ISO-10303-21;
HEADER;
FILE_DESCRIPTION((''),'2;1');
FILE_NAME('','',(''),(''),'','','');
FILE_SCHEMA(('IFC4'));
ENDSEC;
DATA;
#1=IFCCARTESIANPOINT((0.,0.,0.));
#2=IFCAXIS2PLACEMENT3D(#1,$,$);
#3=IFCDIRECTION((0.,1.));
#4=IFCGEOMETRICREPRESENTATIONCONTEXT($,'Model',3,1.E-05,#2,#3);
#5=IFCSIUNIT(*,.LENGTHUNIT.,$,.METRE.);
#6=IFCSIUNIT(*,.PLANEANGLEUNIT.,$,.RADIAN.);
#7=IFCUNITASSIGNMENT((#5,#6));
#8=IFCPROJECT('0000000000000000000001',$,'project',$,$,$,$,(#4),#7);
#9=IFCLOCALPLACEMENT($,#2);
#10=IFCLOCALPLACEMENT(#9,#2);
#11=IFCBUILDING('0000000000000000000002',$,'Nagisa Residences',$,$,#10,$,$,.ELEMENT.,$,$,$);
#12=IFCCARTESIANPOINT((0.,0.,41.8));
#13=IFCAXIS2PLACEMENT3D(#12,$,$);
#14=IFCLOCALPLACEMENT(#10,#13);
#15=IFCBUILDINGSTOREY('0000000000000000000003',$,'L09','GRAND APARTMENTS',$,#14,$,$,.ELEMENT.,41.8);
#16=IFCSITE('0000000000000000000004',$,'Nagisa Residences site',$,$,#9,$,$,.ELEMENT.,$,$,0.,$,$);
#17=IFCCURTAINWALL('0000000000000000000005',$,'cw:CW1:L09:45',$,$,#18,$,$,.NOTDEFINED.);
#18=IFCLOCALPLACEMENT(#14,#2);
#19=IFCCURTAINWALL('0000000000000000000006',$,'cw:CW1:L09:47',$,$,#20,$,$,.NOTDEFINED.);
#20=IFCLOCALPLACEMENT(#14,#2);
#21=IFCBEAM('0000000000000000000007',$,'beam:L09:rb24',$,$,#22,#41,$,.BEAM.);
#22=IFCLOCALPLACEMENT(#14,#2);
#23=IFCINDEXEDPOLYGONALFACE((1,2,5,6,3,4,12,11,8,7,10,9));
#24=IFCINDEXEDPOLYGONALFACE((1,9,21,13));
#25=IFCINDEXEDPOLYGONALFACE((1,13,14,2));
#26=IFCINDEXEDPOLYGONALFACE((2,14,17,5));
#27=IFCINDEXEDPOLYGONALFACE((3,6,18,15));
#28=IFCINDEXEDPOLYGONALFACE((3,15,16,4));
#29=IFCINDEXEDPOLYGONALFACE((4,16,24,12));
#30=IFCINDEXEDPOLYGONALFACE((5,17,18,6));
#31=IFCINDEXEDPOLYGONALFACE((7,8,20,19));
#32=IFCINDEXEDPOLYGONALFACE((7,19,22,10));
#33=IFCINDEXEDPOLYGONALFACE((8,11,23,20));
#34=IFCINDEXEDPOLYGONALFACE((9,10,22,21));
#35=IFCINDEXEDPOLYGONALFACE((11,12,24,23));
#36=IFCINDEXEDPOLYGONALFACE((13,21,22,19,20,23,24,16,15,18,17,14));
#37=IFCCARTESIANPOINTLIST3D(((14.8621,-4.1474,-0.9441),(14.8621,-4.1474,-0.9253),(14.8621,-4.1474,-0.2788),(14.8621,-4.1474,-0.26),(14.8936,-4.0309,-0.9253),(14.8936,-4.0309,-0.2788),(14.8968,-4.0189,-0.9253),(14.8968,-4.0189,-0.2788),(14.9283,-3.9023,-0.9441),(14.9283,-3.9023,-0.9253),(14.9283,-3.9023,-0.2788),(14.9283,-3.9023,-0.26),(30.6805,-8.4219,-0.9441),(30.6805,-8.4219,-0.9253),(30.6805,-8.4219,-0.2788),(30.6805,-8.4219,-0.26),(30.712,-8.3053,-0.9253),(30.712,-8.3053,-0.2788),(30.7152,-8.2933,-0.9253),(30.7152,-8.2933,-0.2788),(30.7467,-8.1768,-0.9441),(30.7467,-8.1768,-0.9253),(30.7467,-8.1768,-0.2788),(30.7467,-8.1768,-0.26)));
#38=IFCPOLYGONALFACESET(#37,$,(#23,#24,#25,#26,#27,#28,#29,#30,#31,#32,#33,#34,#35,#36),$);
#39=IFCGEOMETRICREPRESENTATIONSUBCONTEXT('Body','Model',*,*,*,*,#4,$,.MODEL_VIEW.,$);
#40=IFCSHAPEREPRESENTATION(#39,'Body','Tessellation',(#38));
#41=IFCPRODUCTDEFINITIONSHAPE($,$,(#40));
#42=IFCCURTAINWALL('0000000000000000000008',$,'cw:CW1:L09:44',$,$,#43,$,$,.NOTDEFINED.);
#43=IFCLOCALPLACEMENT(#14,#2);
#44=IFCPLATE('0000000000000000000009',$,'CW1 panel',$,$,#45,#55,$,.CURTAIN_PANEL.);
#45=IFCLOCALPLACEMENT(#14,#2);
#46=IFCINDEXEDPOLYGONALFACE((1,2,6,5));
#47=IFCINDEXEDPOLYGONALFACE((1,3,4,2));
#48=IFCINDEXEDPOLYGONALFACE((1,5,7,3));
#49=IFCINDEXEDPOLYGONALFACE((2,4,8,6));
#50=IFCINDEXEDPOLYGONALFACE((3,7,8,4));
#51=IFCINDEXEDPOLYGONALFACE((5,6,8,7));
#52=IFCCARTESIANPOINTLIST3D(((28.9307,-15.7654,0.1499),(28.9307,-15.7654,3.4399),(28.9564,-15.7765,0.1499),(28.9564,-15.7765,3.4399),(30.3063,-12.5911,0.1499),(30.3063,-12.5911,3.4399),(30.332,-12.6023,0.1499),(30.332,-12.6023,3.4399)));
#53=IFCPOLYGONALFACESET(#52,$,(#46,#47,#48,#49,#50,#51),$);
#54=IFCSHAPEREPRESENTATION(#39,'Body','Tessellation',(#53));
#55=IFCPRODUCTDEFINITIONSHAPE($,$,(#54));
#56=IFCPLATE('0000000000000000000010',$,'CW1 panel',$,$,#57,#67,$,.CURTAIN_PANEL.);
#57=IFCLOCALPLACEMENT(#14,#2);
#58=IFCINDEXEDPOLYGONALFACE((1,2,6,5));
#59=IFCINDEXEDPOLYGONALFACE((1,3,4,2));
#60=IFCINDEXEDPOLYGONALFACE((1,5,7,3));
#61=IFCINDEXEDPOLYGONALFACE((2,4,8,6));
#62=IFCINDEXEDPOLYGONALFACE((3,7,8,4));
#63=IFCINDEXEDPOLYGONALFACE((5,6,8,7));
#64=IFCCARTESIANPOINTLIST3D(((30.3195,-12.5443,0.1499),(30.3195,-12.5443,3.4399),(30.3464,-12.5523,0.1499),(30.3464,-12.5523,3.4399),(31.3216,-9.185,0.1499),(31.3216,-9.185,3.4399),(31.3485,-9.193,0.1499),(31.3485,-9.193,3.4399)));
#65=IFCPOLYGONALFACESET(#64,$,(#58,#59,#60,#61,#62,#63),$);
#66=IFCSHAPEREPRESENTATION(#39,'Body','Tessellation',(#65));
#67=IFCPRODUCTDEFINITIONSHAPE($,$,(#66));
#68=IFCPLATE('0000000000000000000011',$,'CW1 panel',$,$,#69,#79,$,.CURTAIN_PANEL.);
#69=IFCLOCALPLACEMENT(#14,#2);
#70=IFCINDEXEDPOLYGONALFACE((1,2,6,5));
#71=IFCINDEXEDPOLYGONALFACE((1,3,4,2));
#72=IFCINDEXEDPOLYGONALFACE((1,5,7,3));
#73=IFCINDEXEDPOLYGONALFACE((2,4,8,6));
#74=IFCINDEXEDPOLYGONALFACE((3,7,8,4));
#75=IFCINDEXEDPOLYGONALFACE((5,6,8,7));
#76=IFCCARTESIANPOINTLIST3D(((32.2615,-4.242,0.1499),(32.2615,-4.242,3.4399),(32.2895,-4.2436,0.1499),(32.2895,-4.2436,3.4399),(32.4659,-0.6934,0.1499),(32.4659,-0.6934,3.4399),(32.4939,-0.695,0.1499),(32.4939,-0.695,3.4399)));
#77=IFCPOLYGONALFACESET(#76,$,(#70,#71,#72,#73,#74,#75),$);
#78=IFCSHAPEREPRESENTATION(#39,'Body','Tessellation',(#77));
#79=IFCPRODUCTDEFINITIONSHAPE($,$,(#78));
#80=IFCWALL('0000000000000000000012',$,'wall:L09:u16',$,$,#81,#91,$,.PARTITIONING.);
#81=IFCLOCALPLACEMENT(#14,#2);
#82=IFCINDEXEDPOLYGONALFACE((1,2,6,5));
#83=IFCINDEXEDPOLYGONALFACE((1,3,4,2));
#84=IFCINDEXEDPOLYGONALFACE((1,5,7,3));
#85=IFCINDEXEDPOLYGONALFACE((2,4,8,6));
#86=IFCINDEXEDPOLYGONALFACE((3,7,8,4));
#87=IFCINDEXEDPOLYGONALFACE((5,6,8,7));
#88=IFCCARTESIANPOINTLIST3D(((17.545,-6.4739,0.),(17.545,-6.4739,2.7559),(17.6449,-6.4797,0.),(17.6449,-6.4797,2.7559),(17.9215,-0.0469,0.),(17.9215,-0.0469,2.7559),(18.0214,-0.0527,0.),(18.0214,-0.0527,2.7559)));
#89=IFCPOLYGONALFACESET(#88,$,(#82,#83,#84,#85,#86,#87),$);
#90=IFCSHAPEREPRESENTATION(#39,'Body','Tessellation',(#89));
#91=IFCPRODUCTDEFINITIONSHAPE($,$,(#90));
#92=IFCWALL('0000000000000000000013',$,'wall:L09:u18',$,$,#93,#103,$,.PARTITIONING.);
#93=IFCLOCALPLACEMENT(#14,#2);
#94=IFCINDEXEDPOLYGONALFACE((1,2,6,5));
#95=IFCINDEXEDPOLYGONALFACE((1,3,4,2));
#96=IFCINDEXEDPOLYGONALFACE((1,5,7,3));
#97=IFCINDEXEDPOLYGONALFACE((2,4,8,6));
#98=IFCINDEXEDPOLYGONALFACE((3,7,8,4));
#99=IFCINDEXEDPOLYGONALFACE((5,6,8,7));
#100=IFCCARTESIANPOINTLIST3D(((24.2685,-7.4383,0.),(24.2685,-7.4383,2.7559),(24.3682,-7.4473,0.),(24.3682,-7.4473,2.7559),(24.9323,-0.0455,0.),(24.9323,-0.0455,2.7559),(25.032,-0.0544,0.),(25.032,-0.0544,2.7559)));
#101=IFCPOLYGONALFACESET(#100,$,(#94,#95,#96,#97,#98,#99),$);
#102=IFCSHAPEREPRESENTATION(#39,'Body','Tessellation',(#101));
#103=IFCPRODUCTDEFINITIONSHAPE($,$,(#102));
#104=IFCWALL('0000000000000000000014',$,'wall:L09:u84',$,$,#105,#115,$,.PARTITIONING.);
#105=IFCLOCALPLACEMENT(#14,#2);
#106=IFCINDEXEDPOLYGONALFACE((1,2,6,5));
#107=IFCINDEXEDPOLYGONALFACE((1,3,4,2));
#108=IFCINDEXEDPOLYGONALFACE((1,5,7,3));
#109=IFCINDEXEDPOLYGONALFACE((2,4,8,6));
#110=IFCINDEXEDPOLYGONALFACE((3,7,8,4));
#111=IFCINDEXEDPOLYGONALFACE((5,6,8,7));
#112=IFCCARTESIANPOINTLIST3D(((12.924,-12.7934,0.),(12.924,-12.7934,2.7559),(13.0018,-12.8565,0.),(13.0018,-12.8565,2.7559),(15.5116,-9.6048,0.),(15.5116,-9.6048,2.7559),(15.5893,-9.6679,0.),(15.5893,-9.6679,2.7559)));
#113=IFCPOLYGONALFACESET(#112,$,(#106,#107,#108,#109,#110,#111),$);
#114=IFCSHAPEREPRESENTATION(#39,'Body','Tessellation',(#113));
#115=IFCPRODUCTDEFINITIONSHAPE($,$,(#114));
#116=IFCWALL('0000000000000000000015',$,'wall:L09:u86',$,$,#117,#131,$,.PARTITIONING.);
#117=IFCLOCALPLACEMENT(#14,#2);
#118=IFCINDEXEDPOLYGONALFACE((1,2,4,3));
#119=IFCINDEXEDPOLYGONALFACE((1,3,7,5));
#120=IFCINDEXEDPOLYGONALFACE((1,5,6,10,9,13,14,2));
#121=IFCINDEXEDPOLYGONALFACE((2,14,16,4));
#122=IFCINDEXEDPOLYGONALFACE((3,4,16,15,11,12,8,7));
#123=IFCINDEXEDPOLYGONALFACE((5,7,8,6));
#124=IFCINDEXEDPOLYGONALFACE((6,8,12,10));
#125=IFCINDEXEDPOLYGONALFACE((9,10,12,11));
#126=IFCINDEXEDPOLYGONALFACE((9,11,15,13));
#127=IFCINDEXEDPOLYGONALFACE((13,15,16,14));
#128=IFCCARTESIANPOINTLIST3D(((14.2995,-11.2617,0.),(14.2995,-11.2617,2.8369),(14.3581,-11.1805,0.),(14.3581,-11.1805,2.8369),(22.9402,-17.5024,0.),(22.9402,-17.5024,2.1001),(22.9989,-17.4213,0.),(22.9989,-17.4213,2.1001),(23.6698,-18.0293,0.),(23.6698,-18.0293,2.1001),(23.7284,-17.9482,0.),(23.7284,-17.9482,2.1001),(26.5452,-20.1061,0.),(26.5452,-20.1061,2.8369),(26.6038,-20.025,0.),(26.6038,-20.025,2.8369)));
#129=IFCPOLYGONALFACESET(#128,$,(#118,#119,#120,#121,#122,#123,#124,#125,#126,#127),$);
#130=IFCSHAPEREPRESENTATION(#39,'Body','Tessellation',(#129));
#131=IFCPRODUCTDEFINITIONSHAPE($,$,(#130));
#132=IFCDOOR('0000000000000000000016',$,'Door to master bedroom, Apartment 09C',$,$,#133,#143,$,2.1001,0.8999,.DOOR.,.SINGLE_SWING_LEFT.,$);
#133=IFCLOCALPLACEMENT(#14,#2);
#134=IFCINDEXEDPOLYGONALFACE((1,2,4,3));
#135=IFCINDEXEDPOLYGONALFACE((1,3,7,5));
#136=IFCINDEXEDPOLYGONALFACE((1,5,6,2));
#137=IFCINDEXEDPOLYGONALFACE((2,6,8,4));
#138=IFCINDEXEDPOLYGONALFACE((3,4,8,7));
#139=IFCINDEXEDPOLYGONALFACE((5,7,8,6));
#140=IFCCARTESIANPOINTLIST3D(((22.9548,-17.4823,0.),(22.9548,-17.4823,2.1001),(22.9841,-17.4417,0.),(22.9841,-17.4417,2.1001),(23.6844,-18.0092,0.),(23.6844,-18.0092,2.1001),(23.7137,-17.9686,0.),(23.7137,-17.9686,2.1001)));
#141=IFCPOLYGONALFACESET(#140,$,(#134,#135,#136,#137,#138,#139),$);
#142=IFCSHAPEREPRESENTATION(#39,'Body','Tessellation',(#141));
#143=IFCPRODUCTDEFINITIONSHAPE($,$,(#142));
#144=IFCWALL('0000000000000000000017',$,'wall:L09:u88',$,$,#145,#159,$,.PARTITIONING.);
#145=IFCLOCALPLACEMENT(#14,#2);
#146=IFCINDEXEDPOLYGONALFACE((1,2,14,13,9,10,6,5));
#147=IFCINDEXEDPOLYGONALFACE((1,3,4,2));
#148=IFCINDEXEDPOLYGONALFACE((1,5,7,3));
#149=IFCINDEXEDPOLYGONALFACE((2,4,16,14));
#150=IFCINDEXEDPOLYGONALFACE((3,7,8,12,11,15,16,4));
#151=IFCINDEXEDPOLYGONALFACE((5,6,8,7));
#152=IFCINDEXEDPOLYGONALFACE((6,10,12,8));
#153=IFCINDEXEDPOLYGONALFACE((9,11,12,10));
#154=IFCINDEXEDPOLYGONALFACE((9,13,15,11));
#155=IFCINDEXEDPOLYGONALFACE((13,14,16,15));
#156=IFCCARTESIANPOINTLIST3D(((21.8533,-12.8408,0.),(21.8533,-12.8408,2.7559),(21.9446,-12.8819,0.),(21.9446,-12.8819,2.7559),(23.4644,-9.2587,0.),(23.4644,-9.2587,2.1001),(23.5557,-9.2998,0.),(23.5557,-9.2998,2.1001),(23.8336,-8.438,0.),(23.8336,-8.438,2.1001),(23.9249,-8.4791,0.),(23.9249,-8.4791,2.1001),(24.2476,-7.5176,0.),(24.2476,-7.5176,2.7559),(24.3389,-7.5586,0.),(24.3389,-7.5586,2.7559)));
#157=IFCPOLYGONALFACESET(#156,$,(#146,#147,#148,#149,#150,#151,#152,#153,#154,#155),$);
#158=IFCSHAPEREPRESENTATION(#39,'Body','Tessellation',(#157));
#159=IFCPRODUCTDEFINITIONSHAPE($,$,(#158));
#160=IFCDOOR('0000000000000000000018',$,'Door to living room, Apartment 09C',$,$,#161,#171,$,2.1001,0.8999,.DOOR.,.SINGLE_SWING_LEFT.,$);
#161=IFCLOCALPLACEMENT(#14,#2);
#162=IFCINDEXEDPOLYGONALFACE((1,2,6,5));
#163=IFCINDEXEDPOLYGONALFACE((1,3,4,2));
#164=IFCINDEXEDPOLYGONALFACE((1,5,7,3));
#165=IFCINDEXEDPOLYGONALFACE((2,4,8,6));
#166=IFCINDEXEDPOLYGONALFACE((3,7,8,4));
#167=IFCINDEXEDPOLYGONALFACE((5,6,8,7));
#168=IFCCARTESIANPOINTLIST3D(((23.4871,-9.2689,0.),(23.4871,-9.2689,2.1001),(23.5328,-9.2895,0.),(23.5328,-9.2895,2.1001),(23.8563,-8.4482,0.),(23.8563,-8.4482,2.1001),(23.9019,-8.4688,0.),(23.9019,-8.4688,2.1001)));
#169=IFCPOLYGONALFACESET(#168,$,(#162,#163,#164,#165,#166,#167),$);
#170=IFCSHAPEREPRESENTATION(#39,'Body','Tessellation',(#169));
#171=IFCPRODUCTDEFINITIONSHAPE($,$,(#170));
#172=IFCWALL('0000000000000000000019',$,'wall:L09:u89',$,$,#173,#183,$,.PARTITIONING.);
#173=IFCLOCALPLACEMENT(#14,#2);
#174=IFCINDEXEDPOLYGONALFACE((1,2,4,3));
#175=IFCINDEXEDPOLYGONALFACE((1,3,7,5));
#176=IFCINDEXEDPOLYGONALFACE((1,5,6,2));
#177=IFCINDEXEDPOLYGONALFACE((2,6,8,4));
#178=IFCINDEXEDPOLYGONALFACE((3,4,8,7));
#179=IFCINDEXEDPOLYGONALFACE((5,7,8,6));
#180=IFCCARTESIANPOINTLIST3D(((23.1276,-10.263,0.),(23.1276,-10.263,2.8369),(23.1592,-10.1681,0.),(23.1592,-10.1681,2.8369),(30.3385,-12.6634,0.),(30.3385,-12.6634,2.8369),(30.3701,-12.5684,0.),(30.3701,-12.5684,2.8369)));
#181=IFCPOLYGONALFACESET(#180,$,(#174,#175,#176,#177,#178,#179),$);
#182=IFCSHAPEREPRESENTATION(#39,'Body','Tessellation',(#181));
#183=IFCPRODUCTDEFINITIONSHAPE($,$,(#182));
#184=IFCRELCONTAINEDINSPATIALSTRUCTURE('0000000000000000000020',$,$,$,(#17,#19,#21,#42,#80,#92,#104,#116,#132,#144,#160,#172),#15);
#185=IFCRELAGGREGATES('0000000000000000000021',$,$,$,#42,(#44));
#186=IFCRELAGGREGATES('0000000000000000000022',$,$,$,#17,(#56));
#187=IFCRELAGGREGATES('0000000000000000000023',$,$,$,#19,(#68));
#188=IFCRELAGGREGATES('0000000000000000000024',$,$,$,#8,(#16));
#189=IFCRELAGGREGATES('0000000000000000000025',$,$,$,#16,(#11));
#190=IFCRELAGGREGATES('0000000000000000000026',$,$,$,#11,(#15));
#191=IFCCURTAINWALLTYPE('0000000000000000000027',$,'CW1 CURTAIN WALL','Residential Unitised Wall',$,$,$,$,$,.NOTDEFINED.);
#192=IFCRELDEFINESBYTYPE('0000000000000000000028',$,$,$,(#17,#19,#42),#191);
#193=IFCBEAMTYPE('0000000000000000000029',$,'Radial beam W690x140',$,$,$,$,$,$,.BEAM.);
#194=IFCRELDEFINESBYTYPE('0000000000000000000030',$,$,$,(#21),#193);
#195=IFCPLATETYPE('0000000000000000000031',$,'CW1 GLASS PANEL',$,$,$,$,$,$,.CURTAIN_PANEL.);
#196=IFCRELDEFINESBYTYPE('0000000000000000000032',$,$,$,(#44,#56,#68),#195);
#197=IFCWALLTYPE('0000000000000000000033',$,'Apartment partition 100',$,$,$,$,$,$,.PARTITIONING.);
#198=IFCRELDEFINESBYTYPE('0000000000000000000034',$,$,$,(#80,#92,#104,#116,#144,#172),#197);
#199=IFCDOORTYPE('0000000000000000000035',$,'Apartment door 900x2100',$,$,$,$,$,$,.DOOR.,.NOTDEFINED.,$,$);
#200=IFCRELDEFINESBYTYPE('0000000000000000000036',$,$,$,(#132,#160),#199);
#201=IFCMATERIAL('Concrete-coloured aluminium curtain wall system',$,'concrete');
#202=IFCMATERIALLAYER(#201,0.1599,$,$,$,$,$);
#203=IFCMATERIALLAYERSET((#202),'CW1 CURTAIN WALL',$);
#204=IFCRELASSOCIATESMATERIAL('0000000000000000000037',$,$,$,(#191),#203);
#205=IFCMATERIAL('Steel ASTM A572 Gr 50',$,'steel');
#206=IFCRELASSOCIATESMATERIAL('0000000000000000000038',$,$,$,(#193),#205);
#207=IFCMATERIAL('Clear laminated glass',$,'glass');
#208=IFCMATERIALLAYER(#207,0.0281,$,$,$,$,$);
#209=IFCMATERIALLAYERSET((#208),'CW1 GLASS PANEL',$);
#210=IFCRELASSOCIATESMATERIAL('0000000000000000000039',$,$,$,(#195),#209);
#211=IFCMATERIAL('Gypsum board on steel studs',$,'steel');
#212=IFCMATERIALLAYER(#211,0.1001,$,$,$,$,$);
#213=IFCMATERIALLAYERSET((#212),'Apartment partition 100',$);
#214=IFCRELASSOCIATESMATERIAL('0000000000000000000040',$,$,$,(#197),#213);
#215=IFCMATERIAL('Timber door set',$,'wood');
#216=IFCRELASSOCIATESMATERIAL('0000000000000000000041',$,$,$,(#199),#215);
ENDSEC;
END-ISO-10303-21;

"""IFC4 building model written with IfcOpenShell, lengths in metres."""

from ifc_helpers import new_model, si_unit, direction, frame, frame_2d, origin, origin_2d, place, context, subcontext, project, spatial, rectangle, i_section, extrude, material, layer, layer_set, material_profile, profile_set, type_object, element, fill, aggregate, save


model = new_model("IFC4")

# Units and contexts
model_context = context("Model", 3, precision=1e-05, world=origin(), true_north=direction((0.0, 1.0)))
body_context = subcontext(model_context, "Body", "Model", "MODEL_VIEW")
ifc_project = project(units=[si_unit("LENGTHUNIT", "METRE"), si_unit("PLANEANGLEUNIT", "RADIAN")], contexts=[model_context])

# Site, building, storey
site_placement = place(None, origin())
site = spatial("IfcSite", under=ifc_project, at=site_placement, Name="Nagisa Residences site", CompositionType="ELEMENT", RefElevation=0.0)
building_placement = place(site_placement, origin())
building = spatial("IfcBuilding", under=site, at=building_placement, Name="Nagisa Residences", CompositionType="ELEMENT")
storey_placement = place(building_placement, frame((0.0, 0.0, 41.8)))
storey = spatial("IfcBuildingStorey", under=building, at=storey_placement, Name="L09", Description="GRAND APARTMENTS", CompositionType="ELEMENT", Elevation=41.8)

# Curtain walls
ifc_material_1 = material(Name="Concrete-coloured aluminium curtain wall system", Category="concrete")
ifc_layer_1 = layer(ifc_material_1, 0.1599)
ifc_layer_set_1 = layer_set([ifc_layer_1], Name="CW1 CURTAIN WALL")
curtain_wall_type = type_object("IfcCurtainWallType", Name="CW1 CURTAIN WALL", Description="Residential Unitised Wall", PredefinedType="NOTDEFINED", material=ifc_layer_set_1)
curtain_wall_1_placement = place(storey_placement, origin())
curtain_wall_1 = element("IfcCurtainWall", 1, at=curtain_wall_1_placement, inside=storey, type_object=curtain_wall_type, Name="cw:CW1:L09:45", PredefinedType="NOTDEFINED")
curtain_wall_2_placement = place(storey_placement, origin())
curtain_wall_2 = element("IfcCurtainWall", 2, at=curtain_wall_2_placement, inside=storey, type_object=curtain_wall_type, Name="cw:CW1:L09:47", PredefinedType="NOTDEFINED")

# Beam
ifc_material_2 = material(Name="Steel ASTM A572 Gr 50", Category="steel")
ifc_material_profile_1 = material_profile(ifc_material_2, i_section(OverallWidth=0.2539, OverallDepth=0.6841, WebThickness=0.0125, FlangeThickness=0.0188, at=origin_2d()), Name="W690x140")
ifc_profile_set_1 = profile_set([ifc_material_profile_1], Name="Steel ASTM A572 Gr 50")
beam_type_1 = type_object("IfcBeamType", Name="Radial beam W690x140", PredefinedType="BEAM", material=ifc_profile_set_1)
beam_1_placement = place(storey_placement, frame((30.7136, -8.2993, -0.6021), z_axis=(-0.965376, 0.260862, 0.0), x_axis=(-0.260862, -0.965376, 0.0)))
element("IfcBeam", 3, at=beam_1_placement, inside=storey, type_object=beam_type_1, Name="beam:L09:rb24", PredefinedType="BEAM", context=body_context, shape_type="SweptSolid", body=[
    extrude(i_section(OverallWidth=0.2539, OverallDepth=0.6841, WebThickness=0.0125, FlangeThickness=0.0188, at=origin_2d()), origin(), (0.0, 0.0, 1.0), 16.3857),
])

# Curtain wall, plate
curtain_wall_3_placement = place(storey_placement, origin())
curtain_wall_3 = element("IfcCurtainWall", 4, at=curtain_wall_3_placement, inside=storey, type_object=curtain_wall_type, Name="cw:CW1:L09:44", PredefinedType="NOTDEFINED")
ifc_material_3 = material(Name="Clear laminated glass", Category="glass")
ifc_layer_2 = layer(ifc_material_3, 0.0281)
ifc_layer_set_2 = layer_set([ifc_layer_2], Name="CW1 GLASS PANEL")
plate_type = type_object("IfcPlateType", Name="CW1 GLASS PANEL", PredefinedType="CURTAIN_PANEL", material=ifc_layer_set_2)
plate_1_placement = place(storey_placement, frame((29.6313, -14.1838, 0.1499), z_axis=(0.0, 0.0, 1.0), x_axis=(0.397636, 0.917543, 0.0)))
plate_1 = element("IfcPlate", 5, at=plate_1_placement, type_object=plate_type, Name="CW1 panel", PredefinedType="CURTAIN_PANEL", context=body_context, shape_type="SweptSolid", body=[
    extrude(rectangle(XDim=3.4595, YDim=0.0281, at=origin_2d()), origin(), (0.0, 0.0, 1.0), 3.29),
])
aggregate(curtain_wall_3, [plate_1])

# Plates
plate_2_placement = place(storey_placement, frame((30.834, -10.8687, 0.1499), z_axis=(0.0, 0.0, 1.0), x_axis=(0.28586, 0.958271, 0.0)))
plate_2 = element("IfcPlate", 6, at=plate_2_placement, type_object=plate_type, Name="CW1 panel", PredefinedType="CURTAIN_PANEL", context=body_context, shape_type="SweptSolid", body=[
    extrude(rectangle(XDim=3.5056, YDim=0.0281, at=origin_2d()), origin(), (0.0, 0.0, 1.0), 3.29),
])
aggregate(curtain_wall_1, [plate_2])
plate_3_placement = place(storey_placement, frame((32.3777, -2.4685, 0.1499), z_axis=(0.0, 0.0, 1.0), x_axis=(0.057503, 0.998345, 0.0)))
plate_3 = element("IfcPlate", 7, at=plate_3_placement, type_object=plate_type, Name="CW1 panel", PredefinedType="CURTAIN_PANEL", context=body_context, shape_type="SweptSolid", body=[
    extrude(rectangle(XDim=3.5544, YDim=0.0281, at=origin_2d()), origin(), (0.0, 0.0, 1.0), 3.29),
])
aggregate(curtain_wall_2, [plate_3])

# Walls
ifc_material_4 = material(Name="Gypsum board on steel studs", Category="steel")
ifc_layer_3 = layer(ifc_material_4, 0.1001)
ifc_layer_set_3 = layer_set([ifc_layer_3], Name="Apartment partition 100")
wall_type_1 = type_object("IfcWallType", Name="Apartment partition 100", PredefinedType="PARTITIONING", material=ifc_layer_set_3)
wall_1_placement = place(storey_placement, frame((17.9714, -0.0498, 0.0), z_axis=(0.0, 0.0, 1.0), x_axis=(-0.058475, -0.998289, 0.0)))
element("IfcWall", 8, at=wall_1_placement, inside=storey, type_object=wall_type_1, Name="wall:L09:u16", PredefinedType="PARTITIONING", context=body_context, shape_type="SweptSolid", body=[
    extrude(rectangle(XDim=6.438, YDim=0.1001, at=frame_2d((3.219, 0.0))), origin(), (0.0, 0.0, 1.0), 2.7559),
])
wall_2_placement = place(storey_placement, frame((24.9822, -0.0498, 0.0), z_axis=(0.0, 0.0, 1.0), x_axis=(-0.089432, -0.995993, 0.0)))
element("IfcWall", 9, at=wall_2_placement, inside=storey, type_object=wall_type_1, Name="wall:L09:u18", PredefinedType="PARTITIONING", context=body_context, shape_type="SweptSolid", body=[
    extrude(rectangle(XDim=7.4226, YDim=0.1001, at=frame_2d((3.7114, 0.0))), origin(), (0.0, 0.0, 1.0), 2.7559),
])
wall_3_placement = place(storey_placement, frame((12.9629, -12.825, 0.0), z_axis=(0.0, 0.0, 1.0), x_axis=(0.630125, 0.776494, 0.0)))
element("IfcWall", 10, at=wall_3_placement, inside=storey, type_object=wall_type_1, Name="wall:L09:u84", PredefinedType="PARTITIONING", context=body_context, shape_type="SweptSolid", body=[
    extrude(rectangle(XDim=4.1064, YDim=0.1001, at=frame_2d((2.0532, 0.0))), origin(), (0.0, 0.0, 1.0), 2.7559),
])

# Walls, openings, doors
wall_4_placement = place(storey_placement, frame((14.3289, -11.2212, 0.0), z_axis=(0.0, 0.0, 1.0), x_axis=(0.810671, -0.585502, 0.0)))
wall_4 = element("IfcWall", 11, at=wall_4_placement, inside=storey, type_object=wall_type_1, Name="wall:L09:u86", PredefinedType="PARTITIONING", context=body_context, shape_type="SweptSolid", body=[
    extrude(rectangle(XDim=15.1057, YDim=0.1001, at=frame_2d((7.5527, 0.0))), origin(), (0.0, 0.0, 1.0), 2.8369),
])
opening_1_placement = place(wall_4_placement, frame((10.6587, 0.0, 0.0)))
opening_1 = element("IfcOpeningElement", 12, at=opening_1_placement, cuts=wall_4, PredefinedType="OPENING", context=body_context, shape_type="SweptSolid", body=[
    extrude(rectangle(XDim=0.8999, YDim=2.1001, at=frame_2d((0.45, 1.05))), frame((0.0, 0.0601, 0.0), z_axis=(0.0, -1.0, 0.0), x_axis=(1.0, 0.0, 0.0)), (0.0, 0.0, 1.0), 0.1201),
])
ifc_material_5 = material(Name="Timber door set", Category="wood")
door_type_1 = type_object("IfcDoorType", Name="Apartment door 900x2100", OperationType="NOTDEFINED", PredefinedType="DOOR", material=ifc_material_5)
door_1_placement = place(opening_1_placement, origin())
door_1 = element("IfcDoor", 13, at=door_1_placement, inside=storey, type_object=door_type_1, Name="Door to master bedroom, Apartment 09C", OperationType="SINGLE_SWING_LEFT", OverallHeight=2.1001, OverallWidth=0.8999, PredefinedType="DOOR", context=body_context, shape_type="SweptSolid", body=[
    extrude(rectangle(XDim=0.8999, YDim=2.1001, at=frame_2d((0.45, 1.05))), frame((0.0, 0.0249, 0.0), z_axis=(0.0, -1.0, 0.0), x_axis=(1.0, 0.0, 0.0)), (0.0, 0.0, 1.0), 0.05),
])
fill(opening_1, door_1)
wall_5_placement = place(storey_placement, frame((21.8989, -12.8613, 0.0), z_axis=(0.0, 0.0, 1.0), x_axis=(0.410198, 0.911997, 0.0)))
wall_5 = element("IfcWall", 14, at=wall_5_placement, inside=storey, type_object=wall_type_1, Name="wall:L09:u88", PredefinedType="PARTITIONING", context=body_context, shape_type="SweptSolid", body=[
    extrude(rectangle(XDim=5.8369, YDim=0.1001, at=frame_2d((2.9185, 0.0))), origin(), (0.0, 0.0, 1.0), 2.7559),
])
opening_2_placement = place(wall_5_placement, frame((3.9277, 0.0, 0.0)))
opening_2 = element("IfcOpeningElement", 15, at=opening_2_placement, cuts=wall_5, PredefinedType="OPENING", context=body_context, shape_type="SweptSolid", body=[
    extrude(rectangle(XDim=0.8999, YDim=2.1001, at=frame_2d((0.45, 1.05))), frame((0.0, 0.0601, 0.0), z_axis=(0.0, -1.0, 0.0), x_axis=(1.0, 0.0, 0.0)), (0.0, 0.0, 1.0), 0.1201),
])
door_2_placement = place(opening_2_placement, frame((0.8999, 0.0, 0.0), x_axis=(-1.0, 0.0, 0.0)))
door_2 = element("IfcDoor", 16, at=door_2_placement, inside=storey, type_object=door_type_1, Name="Door to living room, Apartment 09C", OperationType="SINGLE_SWING_LEFT", OverallHeight=2.1001, OverallWidth=0.8999, PredefinedType="DOOR", context=body_context, shape_type="SweptSolid", body=[
    extrude(rectangle(XDim=0.8999, YDim=2.1001, at=frame_2d((0.45, 1.05))), frame((0.0, 0.0249, 0.0), z_axis=(0.0, -1.0, 0.0), x_axis=(1.0, 0.0, 0.0)), (0.0, 0.0, 1.0), 0.05),
])
fill(opening_2, door_2)

# Wall
wall_6_placement = place(storey_placement, frame((23.1436, -10.2156, 0.0), z_axis=(0.0, 0.0, 1.0), x_axis=(0.948812, -0.315842, 0.0)))
element("IfcWall", 17, at=wall_6_placement, inside=storey, type_object=wall_type_1, Name="wall:L09:u89", PredefinedType="PARTITIONING", context=body_context, shape_type="SweptSolid", body=[
    extrude(rectangle(XDim=7.5999, YDim=0.1001, at=frame_2d((3.7998, 0.0))), origin(), (0.0, 0.0, 1.0), 2.8369),
])

save(model, "model.ifc")
